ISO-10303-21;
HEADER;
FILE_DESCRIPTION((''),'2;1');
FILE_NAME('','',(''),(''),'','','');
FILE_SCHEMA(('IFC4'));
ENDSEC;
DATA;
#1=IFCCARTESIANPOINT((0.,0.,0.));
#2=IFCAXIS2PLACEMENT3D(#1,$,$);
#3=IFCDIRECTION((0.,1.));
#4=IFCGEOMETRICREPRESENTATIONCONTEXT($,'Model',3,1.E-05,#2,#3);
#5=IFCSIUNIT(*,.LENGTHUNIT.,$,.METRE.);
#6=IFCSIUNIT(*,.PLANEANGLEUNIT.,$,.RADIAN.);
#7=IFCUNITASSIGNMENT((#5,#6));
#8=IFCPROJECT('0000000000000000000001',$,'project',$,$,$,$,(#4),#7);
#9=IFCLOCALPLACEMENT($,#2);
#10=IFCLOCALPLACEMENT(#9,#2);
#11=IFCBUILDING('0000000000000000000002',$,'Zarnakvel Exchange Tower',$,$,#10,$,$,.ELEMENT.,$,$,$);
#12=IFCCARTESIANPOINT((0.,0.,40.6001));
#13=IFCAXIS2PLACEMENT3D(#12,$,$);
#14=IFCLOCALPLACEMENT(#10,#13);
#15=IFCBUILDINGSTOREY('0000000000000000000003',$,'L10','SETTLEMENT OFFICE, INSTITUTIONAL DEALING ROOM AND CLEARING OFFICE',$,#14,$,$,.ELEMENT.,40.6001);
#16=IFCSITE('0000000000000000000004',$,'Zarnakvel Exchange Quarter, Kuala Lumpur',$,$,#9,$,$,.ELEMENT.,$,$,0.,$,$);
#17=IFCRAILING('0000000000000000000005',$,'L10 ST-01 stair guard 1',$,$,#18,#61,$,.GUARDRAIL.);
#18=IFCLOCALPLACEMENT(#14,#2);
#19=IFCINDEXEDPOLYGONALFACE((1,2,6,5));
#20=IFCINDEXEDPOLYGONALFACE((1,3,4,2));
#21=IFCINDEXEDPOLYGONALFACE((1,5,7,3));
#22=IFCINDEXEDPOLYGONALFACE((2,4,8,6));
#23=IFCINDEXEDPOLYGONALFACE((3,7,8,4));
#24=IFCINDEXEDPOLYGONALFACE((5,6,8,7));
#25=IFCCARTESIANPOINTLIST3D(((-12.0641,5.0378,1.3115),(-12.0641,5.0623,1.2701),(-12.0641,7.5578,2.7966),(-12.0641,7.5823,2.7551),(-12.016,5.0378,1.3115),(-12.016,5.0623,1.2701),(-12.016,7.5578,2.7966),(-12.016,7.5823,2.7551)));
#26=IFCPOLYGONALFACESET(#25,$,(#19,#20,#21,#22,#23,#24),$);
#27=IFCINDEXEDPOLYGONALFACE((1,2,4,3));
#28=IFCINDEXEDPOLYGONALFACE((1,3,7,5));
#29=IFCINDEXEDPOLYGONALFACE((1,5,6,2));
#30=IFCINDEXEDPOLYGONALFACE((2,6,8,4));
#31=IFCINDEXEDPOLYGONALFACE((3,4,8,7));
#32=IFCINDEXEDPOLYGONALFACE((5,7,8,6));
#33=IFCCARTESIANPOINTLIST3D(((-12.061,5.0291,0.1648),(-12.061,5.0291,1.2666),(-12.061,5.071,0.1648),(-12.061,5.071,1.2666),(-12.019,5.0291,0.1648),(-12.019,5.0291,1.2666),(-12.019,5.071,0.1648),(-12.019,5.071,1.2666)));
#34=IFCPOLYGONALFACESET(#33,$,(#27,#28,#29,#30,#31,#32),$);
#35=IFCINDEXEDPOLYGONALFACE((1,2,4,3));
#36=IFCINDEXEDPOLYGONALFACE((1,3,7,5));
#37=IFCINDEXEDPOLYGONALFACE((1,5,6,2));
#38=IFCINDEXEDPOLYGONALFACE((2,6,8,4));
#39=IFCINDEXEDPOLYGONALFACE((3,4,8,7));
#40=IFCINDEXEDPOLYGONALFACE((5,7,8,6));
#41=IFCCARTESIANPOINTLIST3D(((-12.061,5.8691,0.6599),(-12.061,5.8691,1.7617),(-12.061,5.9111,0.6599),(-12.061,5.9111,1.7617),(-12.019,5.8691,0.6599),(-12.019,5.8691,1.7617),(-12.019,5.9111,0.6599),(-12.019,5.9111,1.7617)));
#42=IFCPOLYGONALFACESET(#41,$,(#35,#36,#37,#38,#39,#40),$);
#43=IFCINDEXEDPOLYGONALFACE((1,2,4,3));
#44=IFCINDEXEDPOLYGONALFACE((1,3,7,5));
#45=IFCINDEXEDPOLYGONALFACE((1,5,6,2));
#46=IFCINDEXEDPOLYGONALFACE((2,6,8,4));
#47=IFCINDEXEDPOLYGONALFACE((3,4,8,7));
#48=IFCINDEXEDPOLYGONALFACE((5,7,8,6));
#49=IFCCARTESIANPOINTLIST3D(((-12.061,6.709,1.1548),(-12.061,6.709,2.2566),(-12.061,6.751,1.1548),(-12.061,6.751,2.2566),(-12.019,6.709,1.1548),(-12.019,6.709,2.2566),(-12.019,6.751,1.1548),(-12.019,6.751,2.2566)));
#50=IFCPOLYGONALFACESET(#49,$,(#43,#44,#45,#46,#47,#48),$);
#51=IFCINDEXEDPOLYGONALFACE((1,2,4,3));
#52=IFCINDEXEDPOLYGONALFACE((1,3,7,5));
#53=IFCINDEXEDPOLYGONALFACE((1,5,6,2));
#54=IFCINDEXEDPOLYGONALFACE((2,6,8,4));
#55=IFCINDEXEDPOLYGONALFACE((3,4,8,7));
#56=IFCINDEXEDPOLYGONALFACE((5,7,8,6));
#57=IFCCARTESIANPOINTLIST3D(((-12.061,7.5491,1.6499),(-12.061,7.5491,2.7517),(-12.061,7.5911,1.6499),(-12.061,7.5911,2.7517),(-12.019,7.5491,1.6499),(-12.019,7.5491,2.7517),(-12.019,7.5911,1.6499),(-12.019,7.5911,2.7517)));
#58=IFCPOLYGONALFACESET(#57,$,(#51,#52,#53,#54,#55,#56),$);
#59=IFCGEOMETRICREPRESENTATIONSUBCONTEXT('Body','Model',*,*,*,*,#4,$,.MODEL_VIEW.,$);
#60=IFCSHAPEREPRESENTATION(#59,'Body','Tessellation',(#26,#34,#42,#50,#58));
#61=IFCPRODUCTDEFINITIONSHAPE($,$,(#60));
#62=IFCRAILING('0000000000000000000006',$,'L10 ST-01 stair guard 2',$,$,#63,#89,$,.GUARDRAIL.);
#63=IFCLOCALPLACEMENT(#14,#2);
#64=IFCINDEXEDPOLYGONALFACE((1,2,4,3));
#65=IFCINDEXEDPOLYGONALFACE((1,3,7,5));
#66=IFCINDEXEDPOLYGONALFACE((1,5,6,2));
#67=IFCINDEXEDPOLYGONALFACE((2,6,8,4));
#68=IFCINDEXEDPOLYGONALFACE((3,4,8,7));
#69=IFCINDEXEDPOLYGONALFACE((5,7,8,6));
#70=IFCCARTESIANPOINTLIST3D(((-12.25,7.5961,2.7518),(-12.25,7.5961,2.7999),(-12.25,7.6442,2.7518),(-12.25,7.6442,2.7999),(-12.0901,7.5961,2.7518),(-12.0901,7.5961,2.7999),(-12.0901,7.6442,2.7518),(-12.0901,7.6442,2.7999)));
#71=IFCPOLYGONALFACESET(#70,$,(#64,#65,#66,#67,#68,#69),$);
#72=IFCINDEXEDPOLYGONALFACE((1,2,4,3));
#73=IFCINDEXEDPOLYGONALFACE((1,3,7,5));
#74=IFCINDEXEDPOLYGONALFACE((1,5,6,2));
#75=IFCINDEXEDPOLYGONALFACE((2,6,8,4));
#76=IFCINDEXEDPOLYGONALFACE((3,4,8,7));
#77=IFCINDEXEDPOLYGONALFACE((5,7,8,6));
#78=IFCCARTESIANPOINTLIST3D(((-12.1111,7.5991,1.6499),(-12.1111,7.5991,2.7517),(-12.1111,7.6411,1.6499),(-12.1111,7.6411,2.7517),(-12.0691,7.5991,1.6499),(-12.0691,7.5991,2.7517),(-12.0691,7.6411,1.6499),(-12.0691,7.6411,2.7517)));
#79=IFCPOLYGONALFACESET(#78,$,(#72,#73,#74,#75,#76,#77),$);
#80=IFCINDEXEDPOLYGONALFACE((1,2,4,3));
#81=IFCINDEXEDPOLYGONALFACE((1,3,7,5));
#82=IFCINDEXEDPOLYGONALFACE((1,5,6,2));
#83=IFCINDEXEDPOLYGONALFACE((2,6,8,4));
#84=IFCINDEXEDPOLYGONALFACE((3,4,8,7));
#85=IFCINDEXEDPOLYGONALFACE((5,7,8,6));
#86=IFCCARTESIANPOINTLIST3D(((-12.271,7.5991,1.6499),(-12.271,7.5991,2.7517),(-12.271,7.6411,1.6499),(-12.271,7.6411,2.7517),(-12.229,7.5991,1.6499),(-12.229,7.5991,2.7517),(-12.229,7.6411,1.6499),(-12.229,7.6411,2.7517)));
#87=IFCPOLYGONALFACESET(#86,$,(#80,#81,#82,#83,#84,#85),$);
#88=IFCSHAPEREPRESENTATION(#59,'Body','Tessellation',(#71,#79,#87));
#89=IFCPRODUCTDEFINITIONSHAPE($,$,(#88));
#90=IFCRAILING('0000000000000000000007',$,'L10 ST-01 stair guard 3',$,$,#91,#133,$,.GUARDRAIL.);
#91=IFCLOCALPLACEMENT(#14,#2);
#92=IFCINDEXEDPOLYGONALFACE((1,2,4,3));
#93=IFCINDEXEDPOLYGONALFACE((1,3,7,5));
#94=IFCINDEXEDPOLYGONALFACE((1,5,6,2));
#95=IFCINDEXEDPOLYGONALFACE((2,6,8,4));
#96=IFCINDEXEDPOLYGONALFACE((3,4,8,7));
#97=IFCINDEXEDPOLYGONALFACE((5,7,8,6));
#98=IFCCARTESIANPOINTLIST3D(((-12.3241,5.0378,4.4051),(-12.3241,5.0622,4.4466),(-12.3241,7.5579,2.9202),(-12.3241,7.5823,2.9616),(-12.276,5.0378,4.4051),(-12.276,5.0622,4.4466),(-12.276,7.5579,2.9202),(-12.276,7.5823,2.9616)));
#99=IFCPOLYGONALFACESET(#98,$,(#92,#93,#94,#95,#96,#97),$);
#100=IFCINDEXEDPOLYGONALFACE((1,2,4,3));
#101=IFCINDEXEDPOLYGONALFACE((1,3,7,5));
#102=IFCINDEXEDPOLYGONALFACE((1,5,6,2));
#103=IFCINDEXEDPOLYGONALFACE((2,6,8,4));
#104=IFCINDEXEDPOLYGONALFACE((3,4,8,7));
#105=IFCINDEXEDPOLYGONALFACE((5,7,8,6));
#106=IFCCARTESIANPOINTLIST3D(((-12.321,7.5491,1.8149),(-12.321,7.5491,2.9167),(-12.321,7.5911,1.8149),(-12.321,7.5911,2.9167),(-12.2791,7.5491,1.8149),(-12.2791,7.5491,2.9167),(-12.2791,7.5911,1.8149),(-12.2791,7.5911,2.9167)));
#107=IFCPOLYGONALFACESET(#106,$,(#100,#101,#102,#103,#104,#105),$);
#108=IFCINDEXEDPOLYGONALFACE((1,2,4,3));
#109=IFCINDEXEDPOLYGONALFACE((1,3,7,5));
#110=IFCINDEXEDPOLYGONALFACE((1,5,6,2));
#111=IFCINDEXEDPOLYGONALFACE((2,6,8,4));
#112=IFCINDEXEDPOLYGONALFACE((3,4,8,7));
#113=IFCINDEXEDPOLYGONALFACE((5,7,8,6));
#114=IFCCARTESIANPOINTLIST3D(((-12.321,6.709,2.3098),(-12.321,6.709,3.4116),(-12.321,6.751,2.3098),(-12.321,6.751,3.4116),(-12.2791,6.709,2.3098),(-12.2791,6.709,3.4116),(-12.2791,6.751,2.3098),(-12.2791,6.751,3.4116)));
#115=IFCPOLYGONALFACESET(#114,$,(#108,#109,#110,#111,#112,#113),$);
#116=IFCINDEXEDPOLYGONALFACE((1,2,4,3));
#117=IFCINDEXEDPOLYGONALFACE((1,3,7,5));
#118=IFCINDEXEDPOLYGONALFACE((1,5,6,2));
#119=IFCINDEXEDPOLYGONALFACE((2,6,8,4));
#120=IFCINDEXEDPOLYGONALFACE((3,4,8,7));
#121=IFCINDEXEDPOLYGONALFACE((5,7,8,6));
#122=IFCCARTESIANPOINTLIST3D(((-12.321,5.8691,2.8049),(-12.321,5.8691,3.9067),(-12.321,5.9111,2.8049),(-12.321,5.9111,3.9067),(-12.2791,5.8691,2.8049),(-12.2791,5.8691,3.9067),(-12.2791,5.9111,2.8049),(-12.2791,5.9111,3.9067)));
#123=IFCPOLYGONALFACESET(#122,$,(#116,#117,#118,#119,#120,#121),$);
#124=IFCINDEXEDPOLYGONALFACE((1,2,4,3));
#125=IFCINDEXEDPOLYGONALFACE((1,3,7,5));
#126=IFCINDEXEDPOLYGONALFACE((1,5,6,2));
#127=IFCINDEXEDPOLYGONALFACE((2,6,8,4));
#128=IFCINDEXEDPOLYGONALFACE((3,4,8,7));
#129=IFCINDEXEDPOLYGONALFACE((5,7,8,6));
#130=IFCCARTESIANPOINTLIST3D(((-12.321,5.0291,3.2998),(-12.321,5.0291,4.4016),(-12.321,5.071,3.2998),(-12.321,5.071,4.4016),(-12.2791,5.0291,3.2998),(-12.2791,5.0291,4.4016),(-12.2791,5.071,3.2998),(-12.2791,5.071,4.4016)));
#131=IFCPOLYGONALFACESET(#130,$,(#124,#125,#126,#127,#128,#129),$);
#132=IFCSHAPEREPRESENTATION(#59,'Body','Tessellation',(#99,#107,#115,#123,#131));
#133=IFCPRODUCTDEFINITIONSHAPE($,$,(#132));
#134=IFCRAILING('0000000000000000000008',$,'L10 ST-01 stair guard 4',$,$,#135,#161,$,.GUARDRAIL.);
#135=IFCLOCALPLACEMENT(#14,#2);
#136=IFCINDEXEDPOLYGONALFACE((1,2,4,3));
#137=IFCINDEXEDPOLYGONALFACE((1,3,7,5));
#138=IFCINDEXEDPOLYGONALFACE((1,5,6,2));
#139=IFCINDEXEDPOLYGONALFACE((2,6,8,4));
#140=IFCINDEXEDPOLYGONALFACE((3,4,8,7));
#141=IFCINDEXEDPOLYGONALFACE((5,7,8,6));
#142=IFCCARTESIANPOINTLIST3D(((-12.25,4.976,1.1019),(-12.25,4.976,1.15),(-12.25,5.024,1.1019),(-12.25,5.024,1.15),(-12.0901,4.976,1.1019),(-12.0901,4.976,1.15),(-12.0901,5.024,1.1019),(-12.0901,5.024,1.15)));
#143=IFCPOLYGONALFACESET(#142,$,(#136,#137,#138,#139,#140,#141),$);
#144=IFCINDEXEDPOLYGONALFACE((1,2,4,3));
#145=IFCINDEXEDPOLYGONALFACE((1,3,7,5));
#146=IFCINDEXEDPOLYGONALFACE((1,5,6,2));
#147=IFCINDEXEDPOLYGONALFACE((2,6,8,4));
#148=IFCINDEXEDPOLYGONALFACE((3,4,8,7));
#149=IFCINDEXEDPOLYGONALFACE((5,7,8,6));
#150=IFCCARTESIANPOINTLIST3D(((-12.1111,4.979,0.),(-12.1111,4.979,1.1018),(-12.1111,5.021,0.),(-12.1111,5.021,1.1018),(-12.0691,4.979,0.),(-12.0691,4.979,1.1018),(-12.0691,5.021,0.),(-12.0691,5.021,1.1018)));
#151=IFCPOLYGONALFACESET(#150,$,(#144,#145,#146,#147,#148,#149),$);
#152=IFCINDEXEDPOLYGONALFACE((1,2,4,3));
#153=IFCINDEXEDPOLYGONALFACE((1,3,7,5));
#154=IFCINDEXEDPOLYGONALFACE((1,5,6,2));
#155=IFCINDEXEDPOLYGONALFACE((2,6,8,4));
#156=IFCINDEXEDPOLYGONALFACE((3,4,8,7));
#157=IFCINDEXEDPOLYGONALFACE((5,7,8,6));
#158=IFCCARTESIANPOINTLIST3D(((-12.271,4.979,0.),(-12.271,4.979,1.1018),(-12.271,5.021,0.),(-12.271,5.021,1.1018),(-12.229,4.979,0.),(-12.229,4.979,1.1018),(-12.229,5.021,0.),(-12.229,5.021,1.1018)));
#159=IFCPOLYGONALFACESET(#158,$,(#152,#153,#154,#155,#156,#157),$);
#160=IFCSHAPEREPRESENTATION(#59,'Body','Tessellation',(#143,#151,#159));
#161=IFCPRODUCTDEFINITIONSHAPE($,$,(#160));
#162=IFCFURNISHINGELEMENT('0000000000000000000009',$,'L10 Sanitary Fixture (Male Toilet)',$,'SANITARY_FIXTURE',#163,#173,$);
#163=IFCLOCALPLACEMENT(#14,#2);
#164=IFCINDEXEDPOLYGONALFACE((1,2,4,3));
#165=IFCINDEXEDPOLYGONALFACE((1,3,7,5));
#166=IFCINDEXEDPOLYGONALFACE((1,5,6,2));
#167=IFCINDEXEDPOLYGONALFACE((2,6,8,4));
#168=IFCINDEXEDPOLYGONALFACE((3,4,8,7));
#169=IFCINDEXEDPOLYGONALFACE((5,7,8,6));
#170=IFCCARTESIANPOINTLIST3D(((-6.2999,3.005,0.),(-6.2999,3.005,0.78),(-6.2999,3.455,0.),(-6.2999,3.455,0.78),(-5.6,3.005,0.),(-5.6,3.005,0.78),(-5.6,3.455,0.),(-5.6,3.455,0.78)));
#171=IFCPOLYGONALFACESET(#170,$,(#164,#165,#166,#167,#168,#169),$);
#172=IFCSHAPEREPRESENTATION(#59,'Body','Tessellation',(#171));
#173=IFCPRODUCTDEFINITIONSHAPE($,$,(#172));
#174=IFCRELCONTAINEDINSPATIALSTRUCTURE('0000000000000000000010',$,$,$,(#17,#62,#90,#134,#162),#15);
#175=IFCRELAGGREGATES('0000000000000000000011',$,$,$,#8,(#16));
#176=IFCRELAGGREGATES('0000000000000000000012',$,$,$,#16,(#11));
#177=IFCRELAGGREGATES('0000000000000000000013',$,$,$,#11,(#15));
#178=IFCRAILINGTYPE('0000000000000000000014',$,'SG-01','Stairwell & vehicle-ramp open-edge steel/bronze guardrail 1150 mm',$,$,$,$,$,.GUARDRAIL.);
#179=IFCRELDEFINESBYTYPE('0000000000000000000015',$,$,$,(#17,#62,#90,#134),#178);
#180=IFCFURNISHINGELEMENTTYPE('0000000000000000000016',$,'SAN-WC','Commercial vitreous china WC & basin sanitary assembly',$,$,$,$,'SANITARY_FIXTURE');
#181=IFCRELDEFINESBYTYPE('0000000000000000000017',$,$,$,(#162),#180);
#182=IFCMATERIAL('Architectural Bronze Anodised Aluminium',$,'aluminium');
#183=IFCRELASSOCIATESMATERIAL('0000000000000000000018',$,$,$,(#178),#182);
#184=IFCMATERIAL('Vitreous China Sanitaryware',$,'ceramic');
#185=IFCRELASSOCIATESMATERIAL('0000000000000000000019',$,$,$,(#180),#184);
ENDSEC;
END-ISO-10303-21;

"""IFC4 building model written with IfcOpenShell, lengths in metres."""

from ifc_helpers import new_model, si_unit, direction, frame, origin, origin_2d, place, context, subcontext, project, spatial, rectangle, extrude, source, transform, mapped, material, type_object, element, save


model = new_model("IFC4")

# Units and contexts
model_context = context("Model", 3, precision=1e-05, world=origin(), true_north=direction((0.0, 1.0)))
body_context = subcontext(model_context, "Body", "Model", "MODEL_VIEW")
ifc_project = project(units=[si_unit("LENGTHUNIT", "METRE"), si_unit("PLANEANGLEUNIT", "RADIAN")], contexts=[model_context])

# Site, building, storey
site_placement = place(None, origin())
site = spatial("IfcSite", under=ifc_project, at=site_placement, Name="Zarnakvel Exchange Quarter, Kuala Lumpur", CompositionType="ELEMENT", RefElevation=0.0)
building_placement = place(site_placement, origin())
building = spatial("IfcBuilding", under=site, at=building_placement, Name="Zarnakvel Exchange Tower", CompositionType="ELEMENT")
storey_placement = place(building_placement, frame((0.0, 0.0, 40.6001)))
storey = spatial("IfcBuildingStorey", under=building, at=storey_placement, Name="L10", Description="SETTLEMENT OFFICE, INSTITUTIONAL DEALING ROOM AND CLEARING OFFICE", CompositionType="ELEMENT", Elevation=40.6001)

# Railings
ifc_material_1 = material(Name="Architectural Bronze Anodised Aluminium", Category="aluminium")
railing_type_1 = type_object("IfcRailingType", Name="SG-01", Description="Stairwell & vehicle-ramp open-edge steel/bronze guardrail 1150 mm", PredefinedType="GUARDRAIL", material=ifc_material_1)
railing_1_placement = place(storey_placement, frame((-12.04, 5.05, 0.1648)))
element("IfcRailing", 1, at=railing_1_placement, inside=storey, type_object=railing_type_1, Name="L10 ST-01 stair guard 1", PredefinedType="GUARDRAIL", context=body_context, shape_type="SweptSolid", body=[
    extrude(rectangle(XDim=0.0481, YDim=0.0481, at=origin_2d()), frame((0.0, 0.0, 1.126), z_axis=(0.0, 0.861524, 0.507717), x_axis=(-1.0, 0.0, 0.0)), (0.0, 0.0, 1.0), 2.925),
    extrude(rectangle(XDim=0.042, YDim=0.042, at=origin_2d()), origin(), (0.0, 0.0, 1.0), 1.1018),
    extrude(rectangle(XDim=0.042, YDim=0.042, at=origin_2d()), frame((0.0, 0.8401, 0.4951)), (0.0, 0.0, 1.0), 1.1018),
    extrude(rectangle(XDim=0.042, YDim=0.042, at=origin_2d()), frame((0.0, 1.6799, 0.99)), (0.0, 0.0, 1.0), 1.1018),
    extrude(rectangle(XDim=0.042, YDim=0.042, at=origin_2d()), frame((0.0, 2.52, 1.4851)), (0.0, 0.0, 1.0), 1.1018),
])
railing_2_placement = place(storey_placement, frame((-12.0901, 7.6201, 1.6499)))
element("IfcRailing", 2, at=railing_2_placement, inside=storey, type_object=railing_type_1, Name="L10 ST-01 stair guard 2", PredefinedType="GUARDRAIL", context=body_context, shape_type="SweptSolid", body=[
    extrude(rectangle(XDim=0.0481, YDim=0.0481, at=origin_2d()), frame((0.0, 0.0, 1.126), z_axis=(-1.0, 0.0, 0.0), x_axis=(0.0, -1.0, 0.0)), (0.0, 0.0, 1.0), 0.1599),
    extrude(rectangle(XDim=0.042, YDim=0.042, at=origin_2d()), origin(), (0.0, 0.0, 1.0), 1.1018),
    extrude(rectangle(XDim=0.042, YDim=0.042, at=origin_2d()), frame((-0.1599, 0.0, 0.0)), (0.0, 0.0, 1.0), 1.1018),
])
railing_3_placement = place(storey_placement, frame((-12.3, 7.5701, 1.8149)))
element("IfcRailing", 3, at=railing_3_placement, inside=storey, type_object=railing_type_1, Name="L10 ST-01 stair guard 3", PredefinedType="GUARDRAIL", context=body_context, shape_type="SweptSolid", body=[
    extrude(rectangle(XDim=0.0481, YDim=0.0481, at=origin_2d()), frame((0.0, 0.0, 1.126), z_axis=(0.0, -0.861561, 0.507655), x_axis=(1.0, 0.0, 0.0)), (0.0, 0.0, 1.0), 2.925),
    extrude(rectangle(XDim=0.042, YDim=0.042, at=origin_2d()), origin(), (0.0, 0.0, 1.0), 1.1018),
    extrude(rectangle(XDim=0.042, YDim=0.042, at=origin_2d()), frame((0.0, -0.8401, 0.4949)), (0.0, 0.0, 1.0), 1.1018),
    extrude(rectangle(XDim=0.042, YDim=0.042, at=origin_2d()), frame((0.0, -1.6799, 0.99)), (0.0, 0.0, 1.0), 1.1018),
    extrude(rectangle(XDim=0.042, YDim=0.042, at=origin_2d()), frame((0.0, -2.52, 1.4849)), (0.0, 0.0, 1.0), 1.1018),
])
railing_4_placement = place(storey_placement, frame((-12.0901, 5.0, 0.0)))
element("IfcRailing", 4, at=railing_4_placement, inside=storey, type_object=railing_type_1, Name="L10 ST-01 stair guard 4", PredefinedType="GUARDRAIL", context=body_context, shape_type="SweptSolid", body=[
    extrude(rectangle(XDim=0.0481, YDim=0.0481, at=origin_2d()), frame((0.0, 0.0, 1.126), z_axis=(-1.0, 0.0, 0.0), x_axis=(0.0, -1.0, 0.0)), (0.0, 0.0, 1.0), 0.1599),
    extrude(rectangle(XDim=0.042, YDim=0.042, at=origin_2d()), origin(), (0.0, 0.0, 1.0), 1.1018),
    extrude(rectangle(XDim=0.042, YDim=0.042, at=origin_2d()), frame((-0.1599, 0.0, 0.0)), (0.0, 0.0, 1.0), 1.1018),
])

# Furnishing element
ifc_material_2 = material(Name="Vitreous China Sanitaryware", Category="ceramic")
furnishing_element_type = type_object("IfcFurnishingElementType", Name="SAN-WC", Description="Commercial vitreous china WC & basin sanitary assembly", ElementType="SANITARY_FIXTURE", material=ifc_material_2)
shared_shape_1 = source(origin(), body_context, "Body", "SweptSolid", [
    extrude(rectangle(XDim=0.7, YDim=0.45, at=origin_2d()), origin(), (0.0, 0.0, 1.0), 0.78),
])
furnishing_placement = place(storey_placement, frame((-5.95, 3.23, 0.0), z_axis=(0.0, 0.0, 1.0), x_axis=(1.0, 0.0, 0.0)))
element("IfcFurnishingElement", 5, at=furnishing_placement, inside=storey, type_object=furnishing_element_type, Name="L10 Sanitary Fixture (Male Toilet)", ObjectType="SANITARY_FIXTURE", context=body_context, shape_type="MappedRepresentation", body=[
    mapped(shared_shape_1, transform((0.0, 0.0, 0.0), x_axis=(1.0, 0.0, 0.0), y_axis=(0.0, 1.0, 0.0), z_axis=(0.0, 0.0, 1.0), scale=1.0)),
])

save(model, "model.ifc")
